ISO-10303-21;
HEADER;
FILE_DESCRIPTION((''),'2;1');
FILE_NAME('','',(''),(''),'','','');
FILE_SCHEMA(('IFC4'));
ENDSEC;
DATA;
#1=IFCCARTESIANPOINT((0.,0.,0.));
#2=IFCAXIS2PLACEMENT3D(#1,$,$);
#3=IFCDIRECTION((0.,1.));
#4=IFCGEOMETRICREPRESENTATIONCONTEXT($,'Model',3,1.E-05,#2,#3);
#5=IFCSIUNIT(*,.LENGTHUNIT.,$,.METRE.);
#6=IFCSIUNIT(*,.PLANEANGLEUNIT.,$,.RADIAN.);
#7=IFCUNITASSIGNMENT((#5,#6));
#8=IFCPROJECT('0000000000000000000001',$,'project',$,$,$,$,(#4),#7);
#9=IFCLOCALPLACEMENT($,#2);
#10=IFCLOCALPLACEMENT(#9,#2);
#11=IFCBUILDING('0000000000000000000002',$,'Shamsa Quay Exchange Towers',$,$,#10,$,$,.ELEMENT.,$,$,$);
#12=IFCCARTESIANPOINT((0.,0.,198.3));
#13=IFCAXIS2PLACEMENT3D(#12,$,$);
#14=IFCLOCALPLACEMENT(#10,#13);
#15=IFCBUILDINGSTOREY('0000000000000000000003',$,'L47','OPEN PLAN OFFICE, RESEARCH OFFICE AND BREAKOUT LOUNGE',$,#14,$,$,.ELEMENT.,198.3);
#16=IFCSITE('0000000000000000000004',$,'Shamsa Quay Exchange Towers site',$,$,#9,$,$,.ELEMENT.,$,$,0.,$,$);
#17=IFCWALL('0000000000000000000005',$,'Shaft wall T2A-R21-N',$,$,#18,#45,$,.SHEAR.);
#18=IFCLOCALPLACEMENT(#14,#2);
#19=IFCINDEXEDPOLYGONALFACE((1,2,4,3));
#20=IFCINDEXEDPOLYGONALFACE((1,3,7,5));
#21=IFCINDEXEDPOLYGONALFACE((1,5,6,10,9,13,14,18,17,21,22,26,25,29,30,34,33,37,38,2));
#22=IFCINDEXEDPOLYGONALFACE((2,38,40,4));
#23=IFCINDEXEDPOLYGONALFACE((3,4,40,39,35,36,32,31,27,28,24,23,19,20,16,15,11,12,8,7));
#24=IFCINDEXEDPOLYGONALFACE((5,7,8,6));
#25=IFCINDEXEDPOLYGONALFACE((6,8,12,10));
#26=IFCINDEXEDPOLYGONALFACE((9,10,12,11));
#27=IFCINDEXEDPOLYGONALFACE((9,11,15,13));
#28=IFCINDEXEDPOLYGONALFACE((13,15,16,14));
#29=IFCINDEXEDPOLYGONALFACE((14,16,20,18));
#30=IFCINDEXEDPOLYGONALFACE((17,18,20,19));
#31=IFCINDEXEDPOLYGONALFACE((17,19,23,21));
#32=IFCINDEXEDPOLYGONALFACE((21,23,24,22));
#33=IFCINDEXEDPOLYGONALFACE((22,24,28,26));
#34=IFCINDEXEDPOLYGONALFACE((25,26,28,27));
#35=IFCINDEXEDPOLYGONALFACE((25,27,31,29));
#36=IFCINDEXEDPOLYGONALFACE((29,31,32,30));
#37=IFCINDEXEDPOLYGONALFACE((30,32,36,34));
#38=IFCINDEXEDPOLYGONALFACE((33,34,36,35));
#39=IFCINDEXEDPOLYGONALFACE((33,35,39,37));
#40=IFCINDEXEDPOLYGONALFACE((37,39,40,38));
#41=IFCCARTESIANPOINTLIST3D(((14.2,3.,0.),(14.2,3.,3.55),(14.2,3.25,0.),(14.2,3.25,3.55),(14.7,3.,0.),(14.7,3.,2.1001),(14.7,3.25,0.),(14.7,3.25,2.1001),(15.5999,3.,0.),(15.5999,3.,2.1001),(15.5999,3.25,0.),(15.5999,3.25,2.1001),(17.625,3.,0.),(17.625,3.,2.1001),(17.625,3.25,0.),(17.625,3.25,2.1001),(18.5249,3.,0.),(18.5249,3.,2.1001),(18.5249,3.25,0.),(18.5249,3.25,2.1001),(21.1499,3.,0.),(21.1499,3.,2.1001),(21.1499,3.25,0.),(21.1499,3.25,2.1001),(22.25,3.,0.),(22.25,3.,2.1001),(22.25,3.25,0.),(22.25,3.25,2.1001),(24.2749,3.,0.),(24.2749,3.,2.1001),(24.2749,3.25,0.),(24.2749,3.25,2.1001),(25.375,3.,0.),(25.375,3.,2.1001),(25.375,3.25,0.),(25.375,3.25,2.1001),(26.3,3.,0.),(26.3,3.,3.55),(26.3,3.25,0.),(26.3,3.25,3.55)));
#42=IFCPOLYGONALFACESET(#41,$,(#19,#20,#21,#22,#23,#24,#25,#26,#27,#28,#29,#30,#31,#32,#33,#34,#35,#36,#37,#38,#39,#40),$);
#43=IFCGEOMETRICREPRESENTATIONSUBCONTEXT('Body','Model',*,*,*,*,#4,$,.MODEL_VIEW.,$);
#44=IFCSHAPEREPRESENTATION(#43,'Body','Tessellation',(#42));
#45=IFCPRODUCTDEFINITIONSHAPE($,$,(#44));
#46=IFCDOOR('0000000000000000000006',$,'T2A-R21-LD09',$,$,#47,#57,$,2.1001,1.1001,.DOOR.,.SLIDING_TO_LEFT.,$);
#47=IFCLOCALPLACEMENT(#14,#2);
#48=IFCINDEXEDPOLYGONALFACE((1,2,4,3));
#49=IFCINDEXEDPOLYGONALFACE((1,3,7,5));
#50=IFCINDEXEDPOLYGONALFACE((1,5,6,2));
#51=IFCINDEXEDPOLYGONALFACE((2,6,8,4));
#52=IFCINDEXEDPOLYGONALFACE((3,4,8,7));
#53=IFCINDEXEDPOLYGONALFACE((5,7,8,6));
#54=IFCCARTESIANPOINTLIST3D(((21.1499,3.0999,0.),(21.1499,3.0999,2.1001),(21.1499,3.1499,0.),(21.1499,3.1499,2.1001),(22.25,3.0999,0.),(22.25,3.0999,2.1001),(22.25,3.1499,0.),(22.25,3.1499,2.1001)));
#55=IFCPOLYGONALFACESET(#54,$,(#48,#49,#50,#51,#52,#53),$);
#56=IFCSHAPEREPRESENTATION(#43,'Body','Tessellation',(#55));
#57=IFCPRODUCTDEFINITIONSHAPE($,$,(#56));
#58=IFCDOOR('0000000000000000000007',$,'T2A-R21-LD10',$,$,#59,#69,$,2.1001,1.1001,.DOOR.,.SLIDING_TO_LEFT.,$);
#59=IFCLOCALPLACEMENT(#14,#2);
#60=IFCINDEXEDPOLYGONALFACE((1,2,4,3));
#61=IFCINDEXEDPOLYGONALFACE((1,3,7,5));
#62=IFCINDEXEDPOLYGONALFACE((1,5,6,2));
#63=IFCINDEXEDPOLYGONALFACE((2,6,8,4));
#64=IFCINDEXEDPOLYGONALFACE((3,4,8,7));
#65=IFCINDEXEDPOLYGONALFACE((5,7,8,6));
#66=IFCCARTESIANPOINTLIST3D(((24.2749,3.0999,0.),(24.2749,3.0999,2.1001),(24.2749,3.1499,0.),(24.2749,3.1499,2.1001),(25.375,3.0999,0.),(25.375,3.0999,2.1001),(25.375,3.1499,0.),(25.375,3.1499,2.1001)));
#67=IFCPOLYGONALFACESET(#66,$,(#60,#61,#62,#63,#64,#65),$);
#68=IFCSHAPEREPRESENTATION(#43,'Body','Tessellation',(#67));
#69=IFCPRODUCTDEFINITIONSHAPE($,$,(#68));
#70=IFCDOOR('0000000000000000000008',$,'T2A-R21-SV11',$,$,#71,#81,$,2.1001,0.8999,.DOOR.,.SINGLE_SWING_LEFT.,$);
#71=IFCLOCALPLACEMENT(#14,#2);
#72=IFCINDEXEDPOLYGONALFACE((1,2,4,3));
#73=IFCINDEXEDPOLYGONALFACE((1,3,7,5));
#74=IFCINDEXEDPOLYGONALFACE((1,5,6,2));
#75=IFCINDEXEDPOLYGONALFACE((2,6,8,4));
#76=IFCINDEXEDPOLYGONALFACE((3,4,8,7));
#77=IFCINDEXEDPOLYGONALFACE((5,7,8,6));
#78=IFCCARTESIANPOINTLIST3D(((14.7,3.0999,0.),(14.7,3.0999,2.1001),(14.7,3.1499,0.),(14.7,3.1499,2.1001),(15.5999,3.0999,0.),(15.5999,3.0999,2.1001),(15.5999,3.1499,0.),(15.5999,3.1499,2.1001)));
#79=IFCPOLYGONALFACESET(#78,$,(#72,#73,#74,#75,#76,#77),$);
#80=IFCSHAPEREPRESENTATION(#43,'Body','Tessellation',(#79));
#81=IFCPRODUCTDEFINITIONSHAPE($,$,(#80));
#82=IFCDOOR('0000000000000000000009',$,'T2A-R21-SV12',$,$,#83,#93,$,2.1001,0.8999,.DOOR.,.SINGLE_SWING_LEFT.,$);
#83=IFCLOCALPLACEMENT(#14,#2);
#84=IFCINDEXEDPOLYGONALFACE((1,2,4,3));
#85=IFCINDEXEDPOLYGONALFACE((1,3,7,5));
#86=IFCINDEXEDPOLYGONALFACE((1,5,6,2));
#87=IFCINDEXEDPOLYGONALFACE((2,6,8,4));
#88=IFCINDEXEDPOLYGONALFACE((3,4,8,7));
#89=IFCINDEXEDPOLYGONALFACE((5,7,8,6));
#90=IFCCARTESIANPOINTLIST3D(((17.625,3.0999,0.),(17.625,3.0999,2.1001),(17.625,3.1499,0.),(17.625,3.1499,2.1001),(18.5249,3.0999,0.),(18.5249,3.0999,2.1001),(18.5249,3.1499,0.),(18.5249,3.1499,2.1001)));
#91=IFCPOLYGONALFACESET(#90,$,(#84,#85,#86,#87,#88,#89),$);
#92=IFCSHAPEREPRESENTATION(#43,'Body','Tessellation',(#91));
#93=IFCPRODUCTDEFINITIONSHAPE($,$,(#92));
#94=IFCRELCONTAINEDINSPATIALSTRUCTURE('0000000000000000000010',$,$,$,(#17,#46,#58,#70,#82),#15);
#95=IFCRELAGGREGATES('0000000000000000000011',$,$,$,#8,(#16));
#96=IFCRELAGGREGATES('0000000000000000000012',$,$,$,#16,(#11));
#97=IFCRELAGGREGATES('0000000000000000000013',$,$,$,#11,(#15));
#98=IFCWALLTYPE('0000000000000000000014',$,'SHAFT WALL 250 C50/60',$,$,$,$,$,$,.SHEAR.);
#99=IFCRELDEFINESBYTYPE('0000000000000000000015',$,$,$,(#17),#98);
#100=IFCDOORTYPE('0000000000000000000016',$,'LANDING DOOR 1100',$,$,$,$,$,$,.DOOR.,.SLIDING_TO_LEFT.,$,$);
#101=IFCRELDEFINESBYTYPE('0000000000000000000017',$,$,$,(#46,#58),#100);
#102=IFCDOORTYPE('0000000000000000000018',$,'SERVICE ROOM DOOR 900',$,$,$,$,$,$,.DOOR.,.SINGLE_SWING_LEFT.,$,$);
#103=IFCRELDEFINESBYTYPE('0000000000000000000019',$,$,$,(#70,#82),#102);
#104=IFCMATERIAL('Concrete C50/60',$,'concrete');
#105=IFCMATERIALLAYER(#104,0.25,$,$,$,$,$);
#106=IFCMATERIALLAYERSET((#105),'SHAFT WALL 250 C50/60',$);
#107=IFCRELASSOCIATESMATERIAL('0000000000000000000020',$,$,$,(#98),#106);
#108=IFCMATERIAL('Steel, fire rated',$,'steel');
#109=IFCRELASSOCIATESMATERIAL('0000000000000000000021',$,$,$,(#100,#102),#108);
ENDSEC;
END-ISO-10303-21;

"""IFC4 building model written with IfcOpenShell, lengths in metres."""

from ifc_helpers import new_model, si_unit, direction, frame, frame_2d, origin, place, context, subcontext, project, spatial, rectangle, extrude, material, layer, layer_set, type_object, element, fill, save


model = new_model("IFC4")

# Units and contexts
model_context = context("Model", 3, precision=1e-05, world=origin(), true_north=direction((0.0, 1.0)))
body_context = subcontext(model_context, "Body", "Model", "MODEL_VIEW")
ifc_project = project(units=[si_unit("LENGTHUNIT", "METRE"), si_unit("PLANEANGLEUNIT", "RADIAN")], contexts=[model_context])

# Site, building, storey
site_placement = place(None, origin())
site = spatial("IfcSite", under=ifc_project, at=site_placement, Name="Shamsa Quay Exchange Towers site", CompositionType="ELEMENT", RefElevation=0.0)
building_placement = place(site_placement, origin())
building = spatial("IfcBuilding", under=site, at=building_placement, Name="Shamsa Quay Exchange Towers", CompositionType="ELEMENT")
storey_placement = place(building_placement, frame((0.0, 0.0, 198.3)))
storey = spatial("IfcBuildingStorey", under=building, at=storey_placement, Name="L47", Description="OPEN PLAN OFFICE, RESEARCH OFFICE AND BREAKOUT LOUNGE", CompositionType="ELEMENT", Elevation=198.3)

# Shared definitions
ifc_material_1 = material(Name="Concrete C50/60", Category="concrete")

# Shared definitions
ifc_material_2 = material(Name="Steel, fire rated", Category="steel")

# Wall, openings, doors
ifc_layer_1 = layer(ifc_material_1, 0.25)
ifc_layer_set_1 = layer_set([ifc_layer_1], Name="SHAFT WALL 250 C50/60")
wall_type_1 = type_object("IfcWallType", Name="SHAFT WALL 250 C50/60", PredefinedType="SHEAR", material=ifc_layer_set_1)
wall_1_placement = place(storey_placement, frame((14.2, 3.125, 0.0)))
wall_1 = element("IfcWall", 1, at=wall_1_placement, inside=storey, type_object=wall_type_1, Name="Shaft wall T2A-R21-N", PredefinedType="SHEAR", context=body_context, shape_type="SweptSolid", body=[
    extrude(rectangle(XDim=12.1001, YDim=0.25, at=frame_2d((6.05, 0.0))), origin(), (0.0, 0.0, 1.0), 3.55),
])
opening_1_placement = place(wall_1_placement, frame((6.95, 0.0, 0.0)))
opening_1 = element("IfcOpeningElement", 2, at=opening_1_placement, cuts=wall_1, PredefinedType="OPENING", context=body_context, shape_type="SweptSolid", body=[
    extrude(rectangle(XDim=1.1001, YDim=2.1001, at=frame_2d((0.55, 1.05))), frame((0.0, 0.135, 0.0), z_axis=(0.0, -1.0, 0.0), x_axis=(1.0, 0.0, 0.0)), (0.0, 0.0, 1.0), 0.27),
])
opening_2_placement = place(wall_1_placement, frame((10.075, 0.0, 0.0)))
opening_2 = element("IfcOpeningElement", 3, at=opening_2_placement, cuts=wall_1, PredefinedType="OPENING", context=body_context, shape_type="SweptSolid", body=[
    extrude(rectangle(XDim=1.1001, YDim=2.1001, at=frame_2d((0.55, 1.05))), frame((0.0, 0.135, 0.0), z_axis=(0.0, -1.0, 0.0), x_axis=(1.0, 0.0, 0.0)), (0.0, 0.0, 1.0), 0.27),
])
opening_3_placement = place(wall_1_placement, frame((0.5, 0.0, 0.0)))
opening_3 = element("IfcOpeningElement", 4, at=opening_3_placement, cuts=wall_1, PredefinedType="OPENING", context=body_context, shape_type="SweptSolid", body=[
    extrude(rectangle(XDim=0.8999, YDim=2.1001, at=frame_2d((0.45, 1.05))), frame((0.0, 0.135, 0.0), z_axis=(0.0, -1.0, 0.0), x_axis=(1.0, 0.0, 0.0)), (0.0, 0.0, 1.0), 0.27),
])
opening_4_placement = place(wall_1_placement, frame((3.425, 0.0, 0.0)))
opening_4 = element("IfcOpeningElement", 5, at=opening_4_placement, cuts=wall_1, PredefinedType="OPENING", context=body_context, shape_type="SweptSolid", body=[
    extrude(rectangle(XDim=0.8999, YDim=2.1001, at=frame_2d((0.45, 1.05))), frame((0.0, 0.135, 0.0), z_axis=(0.0, -1.0, 0.0), x_axis=(1.0, 0.0, 0.0)), (0.0, 0.0, 1.0), 0.27),
])
door_type_1 = type_object("IfcDoorType", Name="LANDING DOOR 1100", OperationType="SLIDING_TO_LEFT", PredefinedType="DOOR", material=ifc_material_2)
door_1_placement = place(opening_1_placement, origin())
door_1 = element("IfcDoor", 6, at=door_1_placement, inside=storey, type_object=door_type_1, Name="T2A-R21-LD09", OperationType="SLIDING_TO_LEFT", OverallHeight=2.1001, OverallWidth=1.1001, PredefinedType="DOOR", context=body_context, shape_type="SweptSolid", body=[
    extrude(rectangle(XDim=1.1001, YDim=2.1001, at=frame_2d((0.55, 1.05))), frame((0.0, 0.0249, 0.0), z_axis=(0.0, -1.0, 0.0), x_axis=(1.0, 0.0, 0.0)), (0.0, 0.0, 1.0), 0.05),
])
fill(opening_1, door_1)
door_2_placement = place(opening_2_placement, origin())
door_2 = element("IfcDoor", 7, at=door_2_placement, inside=storey, type_object=door_type_1, Name="T2A-R21-LD10", OperationType="SLIDING_TO_LEFT", OverallHeight=2.1001, OverallWidth=1.1001, PredefinedType="DOOR", context=body_context, shape_type="SweptSolid", body=[
    extrude(rectangle(XDim=1.1001, YDim=2.1001, at=frame_2d((0.55, 1.05))), frame((0.0, 0.0249, 0.0), z_axis=(0.0, -1.0, 0.0), x_axis=(1.0, 0.0, 0.0)), (0.0, 0.0, 1.0), 0.05),
])
fill(opening_2, door_2)
door_type_2 = type_object("IfcDoorType", Name="SERVICE ROOM DOOR 900", OperationType="SINGLE_SWING_LEFT", PredefinedType="DOOR", material=ifc_material_2)
door_3_placement = place(opening_3_placement, origin())
door_3 = element("IfcDoor", 8, at=door_3_placement, inside=storey, type_object=door_type_2, Name="T2A-R21-SV11", OperationType="SINGLE_SWING_LEFT", OverallHeight=2.1001, OverallWidth=0.8999, PredefinedType="DOOR", context=body_context, shape_type="SweptSolid", body=[
    extrude(rectangle(XDim=0.8999, YDim=2.1001, at=frame_2d((0.45, 1.05))), frame((0.0, 0.0249, 0.0), z_axis=(0.0, -1.0, 0.0), x_axis=(1.0, 0.0, 0.0)), (0.0, 0.0, 1.0), 0.05),
])
fill(opening_3, door_3)
door_4_placement = place(opening_4_placement, origin())
door_4 = element("IfcDoor", 9, at=door_4_placement, inside=storey, type_object=door_type_2, Name="T2A-R21-SV12", OperationType="SINGLE_SWING_LEFT", OverallHeight=2.1001, OverallWidth=0.8999, PredefinedType="DOOR", context=body_context, shape_type="SweptSolid", body=[
    extrude(rectangle(XDim=0.8999, YDim=2.1001, at=frame_2d((0.45, 1.05))), frame((0.0, 0.0249, 0.0), z_axis=(0.0, -1.0, 0.0), x_axis=(1.0, 0.0, 0.0)), (0.0, 0.0, 1.0), 0.05),
])
fill(opening_4, door_4)

save(model, "model.ifc")
